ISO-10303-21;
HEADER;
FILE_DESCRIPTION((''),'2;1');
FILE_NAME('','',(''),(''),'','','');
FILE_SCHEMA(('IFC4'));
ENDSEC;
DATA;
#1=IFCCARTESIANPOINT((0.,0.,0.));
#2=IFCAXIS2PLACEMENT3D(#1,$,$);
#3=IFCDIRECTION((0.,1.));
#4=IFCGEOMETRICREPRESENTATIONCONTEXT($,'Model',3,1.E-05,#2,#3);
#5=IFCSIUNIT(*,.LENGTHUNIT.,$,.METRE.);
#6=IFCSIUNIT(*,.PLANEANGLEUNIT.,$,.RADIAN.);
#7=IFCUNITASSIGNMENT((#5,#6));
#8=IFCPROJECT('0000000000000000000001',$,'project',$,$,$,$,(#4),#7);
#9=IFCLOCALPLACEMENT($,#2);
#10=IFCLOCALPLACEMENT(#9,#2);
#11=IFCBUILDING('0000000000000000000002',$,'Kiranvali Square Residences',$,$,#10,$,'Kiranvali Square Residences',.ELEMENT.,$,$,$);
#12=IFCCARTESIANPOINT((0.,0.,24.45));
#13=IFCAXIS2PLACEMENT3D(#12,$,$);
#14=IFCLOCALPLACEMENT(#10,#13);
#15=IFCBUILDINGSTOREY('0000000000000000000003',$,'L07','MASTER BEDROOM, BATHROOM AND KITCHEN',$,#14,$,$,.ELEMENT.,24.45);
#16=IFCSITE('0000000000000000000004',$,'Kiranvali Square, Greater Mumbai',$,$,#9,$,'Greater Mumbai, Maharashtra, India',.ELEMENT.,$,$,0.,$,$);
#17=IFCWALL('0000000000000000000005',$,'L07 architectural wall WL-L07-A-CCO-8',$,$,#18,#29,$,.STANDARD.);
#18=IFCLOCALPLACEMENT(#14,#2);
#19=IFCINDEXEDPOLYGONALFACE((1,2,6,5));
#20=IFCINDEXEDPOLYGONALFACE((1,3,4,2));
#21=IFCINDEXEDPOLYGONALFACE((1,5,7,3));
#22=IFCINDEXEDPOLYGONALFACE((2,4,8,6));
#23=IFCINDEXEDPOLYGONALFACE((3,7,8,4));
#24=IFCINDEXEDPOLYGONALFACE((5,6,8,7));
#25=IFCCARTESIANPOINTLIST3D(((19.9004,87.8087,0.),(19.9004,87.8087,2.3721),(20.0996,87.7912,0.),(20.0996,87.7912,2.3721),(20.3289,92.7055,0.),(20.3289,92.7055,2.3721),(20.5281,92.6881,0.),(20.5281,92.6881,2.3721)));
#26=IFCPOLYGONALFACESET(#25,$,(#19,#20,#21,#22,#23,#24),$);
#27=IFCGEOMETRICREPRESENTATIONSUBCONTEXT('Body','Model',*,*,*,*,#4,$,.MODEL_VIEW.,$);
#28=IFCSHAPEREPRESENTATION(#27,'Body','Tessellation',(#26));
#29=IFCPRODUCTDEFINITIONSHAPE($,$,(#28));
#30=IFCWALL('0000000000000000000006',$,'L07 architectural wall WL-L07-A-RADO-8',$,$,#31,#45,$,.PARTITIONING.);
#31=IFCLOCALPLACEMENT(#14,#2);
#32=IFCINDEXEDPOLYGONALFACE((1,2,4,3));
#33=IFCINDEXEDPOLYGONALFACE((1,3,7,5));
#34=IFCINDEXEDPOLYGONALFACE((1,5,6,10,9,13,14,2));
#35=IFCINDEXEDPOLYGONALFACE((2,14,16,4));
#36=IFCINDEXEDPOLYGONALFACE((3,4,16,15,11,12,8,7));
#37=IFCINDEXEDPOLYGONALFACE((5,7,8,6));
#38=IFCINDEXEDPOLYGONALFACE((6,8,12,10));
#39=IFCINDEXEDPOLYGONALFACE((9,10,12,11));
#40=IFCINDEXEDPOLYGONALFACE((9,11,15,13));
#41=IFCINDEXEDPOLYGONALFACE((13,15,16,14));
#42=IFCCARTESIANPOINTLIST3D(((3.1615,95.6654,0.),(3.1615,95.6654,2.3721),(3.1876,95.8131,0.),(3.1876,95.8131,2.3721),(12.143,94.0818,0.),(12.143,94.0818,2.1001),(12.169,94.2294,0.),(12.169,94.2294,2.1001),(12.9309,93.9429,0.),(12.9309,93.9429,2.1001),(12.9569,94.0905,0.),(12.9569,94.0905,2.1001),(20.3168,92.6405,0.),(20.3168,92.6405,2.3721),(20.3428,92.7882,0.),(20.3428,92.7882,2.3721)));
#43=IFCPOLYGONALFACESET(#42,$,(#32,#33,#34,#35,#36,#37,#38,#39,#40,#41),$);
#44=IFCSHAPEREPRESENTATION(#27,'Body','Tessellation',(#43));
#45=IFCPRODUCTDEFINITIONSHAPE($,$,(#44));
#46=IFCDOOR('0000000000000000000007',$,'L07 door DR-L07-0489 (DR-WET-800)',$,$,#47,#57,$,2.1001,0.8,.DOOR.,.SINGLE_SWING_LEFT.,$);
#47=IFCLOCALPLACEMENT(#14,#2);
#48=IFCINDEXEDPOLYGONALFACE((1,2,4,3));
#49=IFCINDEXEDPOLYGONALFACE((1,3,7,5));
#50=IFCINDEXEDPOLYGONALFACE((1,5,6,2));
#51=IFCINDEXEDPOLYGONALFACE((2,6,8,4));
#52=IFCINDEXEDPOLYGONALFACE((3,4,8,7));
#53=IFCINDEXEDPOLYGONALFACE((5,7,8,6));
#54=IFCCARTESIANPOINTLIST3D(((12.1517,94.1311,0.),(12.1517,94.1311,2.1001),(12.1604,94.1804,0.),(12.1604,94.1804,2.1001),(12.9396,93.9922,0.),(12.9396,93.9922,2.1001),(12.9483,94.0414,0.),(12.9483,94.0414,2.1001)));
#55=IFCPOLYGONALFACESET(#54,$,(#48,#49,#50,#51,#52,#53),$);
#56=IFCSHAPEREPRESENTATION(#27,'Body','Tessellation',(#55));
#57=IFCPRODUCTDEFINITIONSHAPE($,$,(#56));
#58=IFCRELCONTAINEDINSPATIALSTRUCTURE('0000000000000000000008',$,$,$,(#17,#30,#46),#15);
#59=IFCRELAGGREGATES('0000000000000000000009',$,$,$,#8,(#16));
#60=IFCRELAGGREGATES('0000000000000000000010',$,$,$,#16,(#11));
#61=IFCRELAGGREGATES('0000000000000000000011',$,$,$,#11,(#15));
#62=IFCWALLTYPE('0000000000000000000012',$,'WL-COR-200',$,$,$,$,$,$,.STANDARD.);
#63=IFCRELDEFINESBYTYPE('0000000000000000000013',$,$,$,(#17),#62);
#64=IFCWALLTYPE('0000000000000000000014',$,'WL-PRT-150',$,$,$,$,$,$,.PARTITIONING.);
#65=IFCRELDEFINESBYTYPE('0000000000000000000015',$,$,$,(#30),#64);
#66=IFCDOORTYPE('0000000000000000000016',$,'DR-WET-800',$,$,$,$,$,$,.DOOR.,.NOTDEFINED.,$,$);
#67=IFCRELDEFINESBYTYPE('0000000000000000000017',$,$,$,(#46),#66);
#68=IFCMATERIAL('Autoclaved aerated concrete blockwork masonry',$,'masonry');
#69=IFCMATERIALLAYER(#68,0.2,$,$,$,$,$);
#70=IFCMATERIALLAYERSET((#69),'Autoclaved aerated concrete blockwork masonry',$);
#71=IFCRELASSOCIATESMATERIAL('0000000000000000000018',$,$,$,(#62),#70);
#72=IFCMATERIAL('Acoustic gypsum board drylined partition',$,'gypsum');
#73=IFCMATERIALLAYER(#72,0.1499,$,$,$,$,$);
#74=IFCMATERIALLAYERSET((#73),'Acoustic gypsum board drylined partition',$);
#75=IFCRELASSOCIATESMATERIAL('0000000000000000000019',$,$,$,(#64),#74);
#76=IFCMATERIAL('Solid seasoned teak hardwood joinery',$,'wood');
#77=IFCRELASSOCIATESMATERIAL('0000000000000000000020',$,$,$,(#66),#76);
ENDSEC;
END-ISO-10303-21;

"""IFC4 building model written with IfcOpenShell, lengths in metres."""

from ifc_helpers import new_model, si_unit, direction, frame, frame_2d, origin, place, context, subcontext, project, spatial, rectangle, extrude, material, layer, layer_set, type_object, element, fill, save


model = new_model("IFC4")

# Units and contexts
model_context = context("Model", 3, precision=1e-05, world=origin(), true_north=direction((0.0, 1.0)))
body_context = subcontext(model_context, "Body", "Model", "MODEL_VIEW")
ifc_project = project(units=[si_unit("LENGTHUNIT", "METRE"), si_unit("PLANEANGLEUNIT", "RADIAN")], contexts=[model_context])

# Site, building, storey
site_placement = place(None, origin())
site = spatial("IfcSite", under=ifc_project, at=site_placement, Name="Kiranvali Square, Greater Mumbai", LongName="Greater Mumbai, Maharashtra, India", CompositionType="ELEMENT", RefElevation=0.0)
building_placement = place(site_placement, origin())
building = spatial("IfcBuilding", under=site, at=building_placement, Name="Kiranvali Square Residences", LongName="Kiranvali Square Residences", CompositionType="ELEMENT")
storey_placement = place(building_placement, frame((0.0, 0.0, 24.45)))
storey = spatial("IfcBuildingStorey", under=building, at=storey_placement, Name="L07", Description="MASTER BEDROOM, BATHROOM AND KITCHEN", CompositionType="ELEMENT", Elevation=24.45)

# Wall
ifc_material_1 = material(Name="Autoclaved aerated concrete blockwork masonry", Category="masonry")
ifc_layer_1 = layer(ifc_material_1, 0.2)
ifc_layer_set_1 = layer_set([ifc_layer_1], Name="Autoclaved aerated concrete blockwork masonry")
wall_type_1 = type_object("IfcWallType", Name="WL-COR-200", PredefinedType="STANDARD", material=ifc_layer_set_1)
wall_1_placement = place(storey_placement, frame((20.4285, 92.6968, 0.0), z_axis=(0.0, 0.0, 1.0), x_axis=(-0.087168, -0.996194, 0.0)))
element("IfcWall", 1, at=wall_1_placement, inside=storey, type_object=wall_type_1, Name="L07 architectural wall WL-L07-A-CCO-8", PredefinedType="STANDARD", context=body_context, shape_type="SweptSolid", body=[
    extrude(rectangle(XDim=4.9155, YDim=0.2, at=frame_2d((2.4578, 0.0))), origin(), (0.0, 0.0, 1.0), 2.3721),
])

# Wall, opening, door
ifc_material_2 = material(Name="Acoustic gypsum board drylined partition", Category="gypsum")
ifc_layer_2 = layer(ifc_material_2, 0.1499)
ifc_layer_set_2 = layer_set([ifc_layer_2], Name="Acoustic gypsum board drylined partition")
wall_type_2 = type_object("IfcWallType", Name="WL-PRT-150", PredefinedType="PARTITIONING", material=ifc_layer_set_2)
wall_2_placement = place(storey_placement, frame((20.3298, 92.7144, 0.0), z_axis=(0.0, 0.0, 1.0), x_axis=(-0.984808, 0.173646, 0.0)))
wall_2 = element("IfcWall", 2, at=wall_2_placement, inside=storey, type_object=wall_type_2, Name="L07 architectural wall WL-L07-A-RADO-8", PredefinedType="PARTITIONING", context=body_context, shape_type="SweptSolid", body=[
    extrude(rectangle(XDim=17.4199, YDim=0.1499, at=frame_2d((8.71, 0.0))), origin(), (0.0, 0.0, 1.0), 2.3721),
])
opening_1_placement = place(wall_2_placement, frame((7.5, 0.0, 0.0)))
opening_1 = element("IfcOpeningElement", 3, at=opening_1_placement, cuts=wall_2, PredefinedType="OPENING", context=body_context, shape_type="SweptSolid", body=[
    extrude(rectangle(XDim=0.8, YDim=2.1001, at=frame_2d((0.3999, 1.05))), frame((0.0, 0.085, 0.0), z_axis=(0.0, -1.0, 0.0), x_axis=(1.0, 0.0, 0.0)), (0.0, 0.0, 1.0), 0.1699),
])
ifc_material_3 = material(Name="Solid seasoned teak hardwood joinery", Category="wood")
door_type_1 = type_object("IfcDoorType", Name="DR-WET-800", OperationType="NOTDEFINED", PredefinedType="DOOR", material=ifc_material_3)
door_1_placement = place(opening_1_placement, origin())
door_1 = element("IfcDoor", 4, at=door_1_placement, inside=storey, type_object=door_type_1, Name="L07 door DR-L07-0489 (DR-WET-800)", OperationType="SINGLE_SWING_LEFT", OverallHeight=2.1001, OverallWidth=0.8, PredefinedType="DOOR", context=body_context, shape_type="SweptSolid", body=[
    extrude(rectangle(XDim=0.8, YDim=2.1001, at=frame_2d((0.3999, 1.05))), frame((0.0, 0.0249, 0.0), z_axis=(0.0, -1.0, 0.0), x_axis=(1.0, 0.0, 0.0)), (0.0, 0.0, 1.0), 0.05),
])
fill(opening_1, door_1)

save(model, "model.ifc")
